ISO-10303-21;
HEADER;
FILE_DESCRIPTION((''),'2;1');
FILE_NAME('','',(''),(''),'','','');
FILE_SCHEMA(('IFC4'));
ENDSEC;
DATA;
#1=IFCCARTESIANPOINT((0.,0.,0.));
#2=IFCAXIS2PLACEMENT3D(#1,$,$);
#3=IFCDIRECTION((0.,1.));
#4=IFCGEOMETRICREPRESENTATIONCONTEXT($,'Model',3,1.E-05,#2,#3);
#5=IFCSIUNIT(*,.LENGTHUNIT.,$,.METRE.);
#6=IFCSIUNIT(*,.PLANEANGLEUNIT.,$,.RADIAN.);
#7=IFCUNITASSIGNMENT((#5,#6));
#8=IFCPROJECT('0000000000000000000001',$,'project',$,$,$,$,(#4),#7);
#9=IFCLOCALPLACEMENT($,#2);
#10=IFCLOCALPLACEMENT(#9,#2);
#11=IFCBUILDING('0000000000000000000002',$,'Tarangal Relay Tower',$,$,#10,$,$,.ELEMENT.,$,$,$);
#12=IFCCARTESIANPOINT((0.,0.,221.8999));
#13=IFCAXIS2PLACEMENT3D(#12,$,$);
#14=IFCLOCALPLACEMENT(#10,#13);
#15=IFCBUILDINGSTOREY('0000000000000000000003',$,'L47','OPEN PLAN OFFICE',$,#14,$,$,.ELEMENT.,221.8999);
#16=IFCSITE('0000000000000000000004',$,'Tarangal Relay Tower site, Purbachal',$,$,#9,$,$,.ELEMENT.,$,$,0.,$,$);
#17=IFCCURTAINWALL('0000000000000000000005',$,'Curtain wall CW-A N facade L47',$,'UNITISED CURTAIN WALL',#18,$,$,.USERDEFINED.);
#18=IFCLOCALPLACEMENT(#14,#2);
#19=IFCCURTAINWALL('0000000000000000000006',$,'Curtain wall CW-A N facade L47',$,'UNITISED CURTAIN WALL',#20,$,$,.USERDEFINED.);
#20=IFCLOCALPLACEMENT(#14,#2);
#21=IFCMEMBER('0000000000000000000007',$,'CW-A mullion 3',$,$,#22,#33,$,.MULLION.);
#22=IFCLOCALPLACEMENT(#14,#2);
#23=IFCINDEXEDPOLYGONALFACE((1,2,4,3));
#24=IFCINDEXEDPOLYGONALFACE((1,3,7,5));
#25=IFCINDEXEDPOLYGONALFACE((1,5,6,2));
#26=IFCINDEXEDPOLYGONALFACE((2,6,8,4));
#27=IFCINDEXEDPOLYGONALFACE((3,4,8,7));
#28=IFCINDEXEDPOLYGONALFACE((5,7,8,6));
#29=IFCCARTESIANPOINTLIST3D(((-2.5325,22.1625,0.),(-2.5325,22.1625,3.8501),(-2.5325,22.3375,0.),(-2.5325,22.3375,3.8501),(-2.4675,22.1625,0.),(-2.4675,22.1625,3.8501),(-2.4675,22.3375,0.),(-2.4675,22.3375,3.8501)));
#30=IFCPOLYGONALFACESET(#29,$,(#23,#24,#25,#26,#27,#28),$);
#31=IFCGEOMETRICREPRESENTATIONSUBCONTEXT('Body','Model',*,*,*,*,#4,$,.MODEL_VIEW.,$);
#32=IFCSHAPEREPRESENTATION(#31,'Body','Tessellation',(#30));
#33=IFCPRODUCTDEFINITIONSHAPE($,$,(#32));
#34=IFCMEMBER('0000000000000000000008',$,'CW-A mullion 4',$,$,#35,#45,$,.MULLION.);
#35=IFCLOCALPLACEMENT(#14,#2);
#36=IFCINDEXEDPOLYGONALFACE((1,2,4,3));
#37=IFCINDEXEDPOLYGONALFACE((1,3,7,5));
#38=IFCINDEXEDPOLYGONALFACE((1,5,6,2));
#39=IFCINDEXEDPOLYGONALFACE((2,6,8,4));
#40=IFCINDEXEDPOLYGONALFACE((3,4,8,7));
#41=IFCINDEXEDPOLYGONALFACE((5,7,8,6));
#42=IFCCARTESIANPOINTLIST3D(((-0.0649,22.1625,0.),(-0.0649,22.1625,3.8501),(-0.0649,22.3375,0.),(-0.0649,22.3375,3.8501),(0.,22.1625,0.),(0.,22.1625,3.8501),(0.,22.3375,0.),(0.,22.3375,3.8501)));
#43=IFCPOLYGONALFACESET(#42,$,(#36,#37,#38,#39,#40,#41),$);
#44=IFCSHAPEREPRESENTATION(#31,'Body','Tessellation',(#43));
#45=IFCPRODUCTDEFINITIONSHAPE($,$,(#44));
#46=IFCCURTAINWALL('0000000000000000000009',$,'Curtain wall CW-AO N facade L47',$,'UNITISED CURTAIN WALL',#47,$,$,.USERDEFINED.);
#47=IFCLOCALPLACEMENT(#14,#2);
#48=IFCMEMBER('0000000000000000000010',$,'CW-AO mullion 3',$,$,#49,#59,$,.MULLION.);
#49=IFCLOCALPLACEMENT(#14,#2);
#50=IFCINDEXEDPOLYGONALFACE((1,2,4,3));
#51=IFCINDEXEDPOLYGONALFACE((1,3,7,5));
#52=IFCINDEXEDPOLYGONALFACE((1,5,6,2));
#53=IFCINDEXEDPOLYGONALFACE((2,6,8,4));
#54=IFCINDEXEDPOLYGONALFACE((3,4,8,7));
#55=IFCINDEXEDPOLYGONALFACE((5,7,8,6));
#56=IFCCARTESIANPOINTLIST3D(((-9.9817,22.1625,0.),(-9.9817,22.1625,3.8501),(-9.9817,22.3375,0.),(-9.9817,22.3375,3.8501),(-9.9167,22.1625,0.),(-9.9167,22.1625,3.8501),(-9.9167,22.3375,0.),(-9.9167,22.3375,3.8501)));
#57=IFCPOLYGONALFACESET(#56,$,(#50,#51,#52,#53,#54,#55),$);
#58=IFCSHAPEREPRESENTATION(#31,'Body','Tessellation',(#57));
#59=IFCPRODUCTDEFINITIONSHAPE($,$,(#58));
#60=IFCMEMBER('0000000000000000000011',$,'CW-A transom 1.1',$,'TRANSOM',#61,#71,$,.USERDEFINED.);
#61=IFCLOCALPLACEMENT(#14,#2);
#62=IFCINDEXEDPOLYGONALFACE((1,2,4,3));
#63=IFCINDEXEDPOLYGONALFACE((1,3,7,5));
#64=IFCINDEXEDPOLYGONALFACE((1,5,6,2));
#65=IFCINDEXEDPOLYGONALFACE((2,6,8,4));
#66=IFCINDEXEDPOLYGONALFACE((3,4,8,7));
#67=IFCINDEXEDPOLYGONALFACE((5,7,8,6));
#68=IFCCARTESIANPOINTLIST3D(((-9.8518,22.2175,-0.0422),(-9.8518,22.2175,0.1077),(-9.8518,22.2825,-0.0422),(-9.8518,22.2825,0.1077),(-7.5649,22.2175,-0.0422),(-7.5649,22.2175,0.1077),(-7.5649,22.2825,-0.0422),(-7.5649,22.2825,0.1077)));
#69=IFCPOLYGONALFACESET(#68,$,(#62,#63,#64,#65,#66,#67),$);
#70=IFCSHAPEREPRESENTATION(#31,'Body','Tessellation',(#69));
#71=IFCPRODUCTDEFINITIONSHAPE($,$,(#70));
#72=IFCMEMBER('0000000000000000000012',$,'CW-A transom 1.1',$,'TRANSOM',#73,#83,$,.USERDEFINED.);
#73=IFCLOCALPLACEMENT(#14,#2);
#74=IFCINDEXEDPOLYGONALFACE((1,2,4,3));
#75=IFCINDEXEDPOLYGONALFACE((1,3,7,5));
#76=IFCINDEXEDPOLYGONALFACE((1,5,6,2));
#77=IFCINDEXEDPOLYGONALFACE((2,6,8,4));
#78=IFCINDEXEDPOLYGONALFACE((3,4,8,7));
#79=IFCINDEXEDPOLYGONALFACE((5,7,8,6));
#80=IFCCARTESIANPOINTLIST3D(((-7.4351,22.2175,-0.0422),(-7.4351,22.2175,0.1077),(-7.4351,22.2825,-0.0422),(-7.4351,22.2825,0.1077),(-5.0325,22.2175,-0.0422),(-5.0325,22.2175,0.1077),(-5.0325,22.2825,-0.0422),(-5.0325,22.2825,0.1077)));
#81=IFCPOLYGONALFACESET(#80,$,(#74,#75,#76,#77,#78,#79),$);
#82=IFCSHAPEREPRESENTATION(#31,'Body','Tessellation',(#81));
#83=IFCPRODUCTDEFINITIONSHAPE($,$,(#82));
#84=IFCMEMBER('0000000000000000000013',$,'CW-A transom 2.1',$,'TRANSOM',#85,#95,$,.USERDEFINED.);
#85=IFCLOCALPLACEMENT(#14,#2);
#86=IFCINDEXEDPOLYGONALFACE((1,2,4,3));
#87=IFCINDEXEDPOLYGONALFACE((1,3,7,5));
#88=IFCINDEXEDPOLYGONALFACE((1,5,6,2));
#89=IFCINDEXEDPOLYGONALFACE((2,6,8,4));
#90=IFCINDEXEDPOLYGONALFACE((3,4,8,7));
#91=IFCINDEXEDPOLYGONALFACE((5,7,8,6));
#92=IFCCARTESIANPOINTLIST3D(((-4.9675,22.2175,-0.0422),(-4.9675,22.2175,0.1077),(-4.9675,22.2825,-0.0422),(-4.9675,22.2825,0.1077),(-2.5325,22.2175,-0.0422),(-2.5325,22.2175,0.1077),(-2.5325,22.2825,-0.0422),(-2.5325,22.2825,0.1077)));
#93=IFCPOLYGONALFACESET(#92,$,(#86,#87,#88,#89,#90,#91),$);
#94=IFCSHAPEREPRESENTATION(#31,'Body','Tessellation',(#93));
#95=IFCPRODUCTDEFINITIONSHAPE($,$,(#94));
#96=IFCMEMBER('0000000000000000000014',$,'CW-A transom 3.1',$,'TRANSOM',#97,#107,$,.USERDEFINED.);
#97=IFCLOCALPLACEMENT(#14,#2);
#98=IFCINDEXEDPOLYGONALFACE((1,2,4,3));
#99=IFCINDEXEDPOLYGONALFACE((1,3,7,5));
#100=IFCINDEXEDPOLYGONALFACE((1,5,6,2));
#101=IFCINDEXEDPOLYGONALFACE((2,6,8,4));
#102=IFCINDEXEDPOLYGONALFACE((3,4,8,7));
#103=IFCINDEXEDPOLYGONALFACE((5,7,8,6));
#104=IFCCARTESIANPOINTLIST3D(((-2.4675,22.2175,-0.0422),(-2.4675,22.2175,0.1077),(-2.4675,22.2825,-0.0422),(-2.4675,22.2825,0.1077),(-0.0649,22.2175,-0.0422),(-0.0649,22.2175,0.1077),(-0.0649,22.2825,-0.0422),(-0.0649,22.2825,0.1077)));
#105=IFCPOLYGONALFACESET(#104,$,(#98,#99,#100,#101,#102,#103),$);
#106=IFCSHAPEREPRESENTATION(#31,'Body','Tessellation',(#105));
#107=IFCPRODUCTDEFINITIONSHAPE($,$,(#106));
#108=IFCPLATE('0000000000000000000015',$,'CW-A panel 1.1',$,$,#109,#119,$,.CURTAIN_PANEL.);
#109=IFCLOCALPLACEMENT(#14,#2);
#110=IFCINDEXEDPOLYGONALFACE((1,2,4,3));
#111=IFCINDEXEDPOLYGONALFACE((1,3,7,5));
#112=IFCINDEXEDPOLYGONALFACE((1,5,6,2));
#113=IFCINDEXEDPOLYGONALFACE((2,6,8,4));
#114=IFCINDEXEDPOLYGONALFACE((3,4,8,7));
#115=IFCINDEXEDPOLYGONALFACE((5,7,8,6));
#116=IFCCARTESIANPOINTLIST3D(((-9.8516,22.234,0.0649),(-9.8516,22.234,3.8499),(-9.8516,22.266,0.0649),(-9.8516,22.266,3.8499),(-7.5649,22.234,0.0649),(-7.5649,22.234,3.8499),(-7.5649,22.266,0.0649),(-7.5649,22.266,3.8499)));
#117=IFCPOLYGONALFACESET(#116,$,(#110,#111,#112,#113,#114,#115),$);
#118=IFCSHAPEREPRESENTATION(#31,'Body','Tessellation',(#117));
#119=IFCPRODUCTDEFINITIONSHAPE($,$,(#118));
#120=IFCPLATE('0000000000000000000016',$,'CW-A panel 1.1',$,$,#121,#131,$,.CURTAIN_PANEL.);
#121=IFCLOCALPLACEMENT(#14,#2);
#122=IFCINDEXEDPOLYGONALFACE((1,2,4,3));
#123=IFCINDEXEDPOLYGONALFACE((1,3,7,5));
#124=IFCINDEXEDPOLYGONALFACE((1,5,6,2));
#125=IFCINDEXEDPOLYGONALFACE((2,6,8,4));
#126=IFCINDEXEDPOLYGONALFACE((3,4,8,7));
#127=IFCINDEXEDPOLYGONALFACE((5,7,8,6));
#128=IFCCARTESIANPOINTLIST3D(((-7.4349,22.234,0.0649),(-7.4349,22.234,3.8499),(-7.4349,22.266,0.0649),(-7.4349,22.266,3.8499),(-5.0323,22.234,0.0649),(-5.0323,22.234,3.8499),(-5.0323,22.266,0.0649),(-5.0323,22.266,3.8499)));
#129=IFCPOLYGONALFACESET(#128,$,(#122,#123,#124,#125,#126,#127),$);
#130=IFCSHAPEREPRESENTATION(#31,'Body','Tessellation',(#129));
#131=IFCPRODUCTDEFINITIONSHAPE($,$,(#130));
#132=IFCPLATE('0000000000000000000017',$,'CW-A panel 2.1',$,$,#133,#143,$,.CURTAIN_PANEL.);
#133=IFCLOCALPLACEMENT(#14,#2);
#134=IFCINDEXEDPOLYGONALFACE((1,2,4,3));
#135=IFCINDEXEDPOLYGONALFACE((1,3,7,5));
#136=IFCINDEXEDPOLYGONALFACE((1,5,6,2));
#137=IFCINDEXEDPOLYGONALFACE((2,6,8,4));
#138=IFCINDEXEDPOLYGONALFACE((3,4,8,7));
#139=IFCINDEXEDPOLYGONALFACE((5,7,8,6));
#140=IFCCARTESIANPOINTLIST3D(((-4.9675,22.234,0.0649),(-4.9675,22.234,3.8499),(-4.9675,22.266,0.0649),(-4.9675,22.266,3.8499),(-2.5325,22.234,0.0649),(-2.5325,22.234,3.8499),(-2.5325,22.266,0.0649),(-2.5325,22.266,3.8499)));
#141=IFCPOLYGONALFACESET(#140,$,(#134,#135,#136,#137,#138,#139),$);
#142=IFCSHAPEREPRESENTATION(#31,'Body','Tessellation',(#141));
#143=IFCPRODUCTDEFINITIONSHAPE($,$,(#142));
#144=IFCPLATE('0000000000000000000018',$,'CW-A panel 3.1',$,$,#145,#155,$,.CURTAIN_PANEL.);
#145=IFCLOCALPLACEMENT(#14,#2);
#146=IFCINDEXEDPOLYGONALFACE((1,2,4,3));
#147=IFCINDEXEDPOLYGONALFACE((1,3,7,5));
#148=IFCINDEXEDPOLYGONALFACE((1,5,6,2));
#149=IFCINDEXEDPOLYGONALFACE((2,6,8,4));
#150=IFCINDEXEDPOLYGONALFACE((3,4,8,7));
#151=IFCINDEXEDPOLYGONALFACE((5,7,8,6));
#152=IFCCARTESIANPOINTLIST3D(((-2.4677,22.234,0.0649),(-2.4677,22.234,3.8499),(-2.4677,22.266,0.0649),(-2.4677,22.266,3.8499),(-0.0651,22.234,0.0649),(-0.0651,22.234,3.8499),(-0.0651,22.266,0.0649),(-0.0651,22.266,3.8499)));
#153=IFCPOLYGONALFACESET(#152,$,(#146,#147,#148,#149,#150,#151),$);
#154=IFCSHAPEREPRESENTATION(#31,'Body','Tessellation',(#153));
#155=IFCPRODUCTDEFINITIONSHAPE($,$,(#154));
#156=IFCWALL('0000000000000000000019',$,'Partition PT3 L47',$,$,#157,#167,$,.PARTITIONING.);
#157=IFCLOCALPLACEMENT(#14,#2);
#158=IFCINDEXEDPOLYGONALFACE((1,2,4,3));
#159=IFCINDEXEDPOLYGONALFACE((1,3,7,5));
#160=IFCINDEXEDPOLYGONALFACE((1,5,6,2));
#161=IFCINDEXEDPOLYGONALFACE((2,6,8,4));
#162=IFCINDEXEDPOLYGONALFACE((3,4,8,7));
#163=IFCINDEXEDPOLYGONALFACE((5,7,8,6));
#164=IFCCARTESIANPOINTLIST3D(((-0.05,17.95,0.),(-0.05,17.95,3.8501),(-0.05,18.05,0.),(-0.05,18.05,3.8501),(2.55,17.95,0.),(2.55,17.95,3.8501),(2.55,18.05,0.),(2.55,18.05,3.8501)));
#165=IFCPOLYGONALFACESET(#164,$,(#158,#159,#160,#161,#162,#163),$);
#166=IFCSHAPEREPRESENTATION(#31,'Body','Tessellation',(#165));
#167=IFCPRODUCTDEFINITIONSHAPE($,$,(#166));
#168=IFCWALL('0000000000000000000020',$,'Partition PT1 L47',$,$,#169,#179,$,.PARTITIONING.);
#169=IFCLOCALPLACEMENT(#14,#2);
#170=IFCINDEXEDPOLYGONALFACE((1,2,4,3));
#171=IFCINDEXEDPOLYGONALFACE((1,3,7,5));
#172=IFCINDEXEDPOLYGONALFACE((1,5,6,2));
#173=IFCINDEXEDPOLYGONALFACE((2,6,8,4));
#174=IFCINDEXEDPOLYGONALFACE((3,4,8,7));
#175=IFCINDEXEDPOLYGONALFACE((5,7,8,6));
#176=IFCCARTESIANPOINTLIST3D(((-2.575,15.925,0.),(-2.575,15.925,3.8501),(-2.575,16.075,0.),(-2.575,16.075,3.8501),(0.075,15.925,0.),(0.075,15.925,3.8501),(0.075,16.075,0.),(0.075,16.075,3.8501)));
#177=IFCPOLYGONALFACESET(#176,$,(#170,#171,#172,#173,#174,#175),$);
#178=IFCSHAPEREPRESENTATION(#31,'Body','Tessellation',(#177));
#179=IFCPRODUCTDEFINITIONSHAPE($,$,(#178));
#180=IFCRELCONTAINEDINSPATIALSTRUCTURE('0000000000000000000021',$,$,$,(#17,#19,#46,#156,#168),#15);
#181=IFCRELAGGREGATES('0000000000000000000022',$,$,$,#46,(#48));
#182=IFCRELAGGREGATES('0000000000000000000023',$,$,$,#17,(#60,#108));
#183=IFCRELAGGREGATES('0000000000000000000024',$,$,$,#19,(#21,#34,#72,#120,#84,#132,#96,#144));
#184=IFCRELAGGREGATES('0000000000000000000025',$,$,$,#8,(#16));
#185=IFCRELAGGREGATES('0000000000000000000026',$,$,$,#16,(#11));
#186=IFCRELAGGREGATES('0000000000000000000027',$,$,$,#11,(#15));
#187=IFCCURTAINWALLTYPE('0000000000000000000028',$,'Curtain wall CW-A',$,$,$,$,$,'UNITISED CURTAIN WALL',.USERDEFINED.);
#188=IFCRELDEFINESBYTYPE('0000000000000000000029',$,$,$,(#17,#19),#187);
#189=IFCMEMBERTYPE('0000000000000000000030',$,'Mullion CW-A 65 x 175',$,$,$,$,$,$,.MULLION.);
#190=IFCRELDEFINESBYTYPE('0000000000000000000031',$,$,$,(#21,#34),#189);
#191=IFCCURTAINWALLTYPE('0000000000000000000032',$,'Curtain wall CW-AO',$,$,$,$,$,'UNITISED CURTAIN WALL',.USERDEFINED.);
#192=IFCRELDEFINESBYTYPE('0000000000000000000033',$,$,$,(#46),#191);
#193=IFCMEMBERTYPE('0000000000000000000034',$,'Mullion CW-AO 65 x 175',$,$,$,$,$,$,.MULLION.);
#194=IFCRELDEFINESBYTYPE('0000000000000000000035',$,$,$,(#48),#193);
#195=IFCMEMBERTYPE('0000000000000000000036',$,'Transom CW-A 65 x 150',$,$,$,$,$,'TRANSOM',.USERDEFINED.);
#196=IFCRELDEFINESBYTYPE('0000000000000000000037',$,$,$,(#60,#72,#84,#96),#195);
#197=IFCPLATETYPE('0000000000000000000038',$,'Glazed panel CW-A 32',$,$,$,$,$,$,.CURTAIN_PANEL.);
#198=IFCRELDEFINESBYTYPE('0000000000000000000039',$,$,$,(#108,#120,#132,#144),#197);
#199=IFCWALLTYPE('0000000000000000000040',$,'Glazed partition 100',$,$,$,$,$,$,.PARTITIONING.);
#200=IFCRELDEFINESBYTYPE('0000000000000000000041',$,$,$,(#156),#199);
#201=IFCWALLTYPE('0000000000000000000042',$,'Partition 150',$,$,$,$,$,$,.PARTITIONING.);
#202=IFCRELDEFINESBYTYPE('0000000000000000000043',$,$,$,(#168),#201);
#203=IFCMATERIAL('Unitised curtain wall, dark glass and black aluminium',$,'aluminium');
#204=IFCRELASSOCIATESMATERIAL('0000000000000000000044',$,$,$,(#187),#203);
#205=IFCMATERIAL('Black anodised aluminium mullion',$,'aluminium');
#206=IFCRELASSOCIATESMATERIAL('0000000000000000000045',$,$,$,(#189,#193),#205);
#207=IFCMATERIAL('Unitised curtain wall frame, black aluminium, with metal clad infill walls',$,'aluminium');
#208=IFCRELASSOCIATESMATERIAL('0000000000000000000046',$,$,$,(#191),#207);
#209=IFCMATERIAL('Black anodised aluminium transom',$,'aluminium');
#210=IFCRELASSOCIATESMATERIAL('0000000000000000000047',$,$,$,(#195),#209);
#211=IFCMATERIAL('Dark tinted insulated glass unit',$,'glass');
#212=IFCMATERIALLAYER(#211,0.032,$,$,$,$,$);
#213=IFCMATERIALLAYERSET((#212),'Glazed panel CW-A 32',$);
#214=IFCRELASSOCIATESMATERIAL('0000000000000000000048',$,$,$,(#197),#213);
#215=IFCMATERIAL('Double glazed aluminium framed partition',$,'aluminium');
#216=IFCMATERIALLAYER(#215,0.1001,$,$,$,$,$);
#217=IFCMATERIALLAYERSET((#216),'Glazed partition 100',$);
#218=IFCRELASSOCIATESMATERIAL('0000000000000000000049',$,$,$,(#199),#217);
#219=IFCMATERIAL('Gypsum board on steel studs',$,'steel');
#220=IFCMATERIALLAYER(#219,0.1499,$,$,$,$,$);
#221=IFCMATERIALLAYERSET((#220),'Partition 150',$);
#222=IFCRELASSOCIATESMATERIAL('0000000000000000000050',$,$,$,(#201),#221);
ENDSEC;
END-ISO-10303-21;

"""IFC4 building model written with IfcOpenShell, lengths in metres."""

from ifc_helpers import new_model, si_unit, direction, frame, frame_2d, origin, origin_2d, place, context, subcontext, project, spatial, rectangle, extrude, material, layer, layer_set, material_profile, profile_set, type_object, element, aggregate, save


model = new_model("IFC4")

# Units and contexts
model_context = context("Model", 3, precision=1e-05, world=origin(), true_north=direction((0.0, 1.0)))
body_context = subcontext(model_context, "Body", "Model", "MODEL_VIEW")
ifc_project = project(units=[si_unit("LENGTHUNIT", "METRE"), si_unit("PLANEANGLEUNIT", "RADIAN")], contexts=[model_context])

# Site, building, storey
site_placement = place(None, origin())
site = spatial("IfcSite", under=ifc_project, at=site_placement, Name="Tarangal Relay Tower site, Purbachal", CompositionType="ELEMENT", RefElevation=0.0)
building_placement = place(site_placement, origin())
building = spatial("IfcBuilding", under=site, at=building_placement, Name="Tarangal Relay Tower", CompositionType="ELEMENT")
storey_placement = place(building_placement, frame((0.0, 0.0, 221.8999)))
storey = spatial("IfcBuildingStorey", under=building, at=storey_placement, Name="L47", Description="OPEN PLAN OFFICE", CompositionType="ELEMENT", Elevation=221.8999)

# Curtain walls, members
ifc_material_1 = material(Name="Unitised curtain wall, dark glass and black aluminium", Category="aluminium")
curtain_wall_type_1 = type_object("IfcCurtainWallType", Name="Curtain wall CW-A", ElementType="UNITISED CURTAIN WALL", PredefinedType="USERDEFINED", material=ifc_material_1)
curtain_wall_1_placement = place(storey_placement, origin())
curtain_wall_1 = element("IfcCurtainWall", 1, at=curtain_wall_1_placement, inside=storey, type_object=curtain_wall_type_1, Name="Curtain wall CW-A N facade L47", ObjectType="UNITISED CURTAIN WALL", PredefinedType="USERDEFINED")
ifc_material_2 = material(Name="Black anodised aluminium mullion", Category="aluminium")
ifc_material_profile_1 = material_profile(ifc_material_2, rectangle(XDim=0.175, YDim=0.0649, at=origin_2d()), Name="CW-AM 65X175")
ifc_profile_set_1 = profile_set([ifc_material_profile_1], Name="Black anodised aluminium mullion")
member_type_1 = type_object("IfcMemberType", Name="Mullion CW-A 65 x 175", PredefinedType="MULLION", material=ifc_profile_set_1)
curtain_wall_2_placement = place(storey_placement, origin())
curtain_wall_2 = element("IfcCurtainWall", 2, at=curtain_wall_2_placement, inside=storey, type_object=curtain_wall_type_1, Name="Curtain wall CW-A N facade L47", ObjectType="UNITISED CURTAIN WALL", PredefinedType="USERDEFINED")
member_1_placement = place(storey_placement, frame((-2.5, 22.25, 0.0), z_axis=(0.0, 0.0, 1.0), x_axis=(0.0, 1.0, 0.0)))
member_1 = element("IfcMember", 3, at=member_1_placement, type_object=member_type_1, Name="CW-A mullion 3", PredefinedType="MULLION", context=body_context, shape_type="SweptSolid", body=[
    extrude(rectangle(XDim=0.175, YDim=0.0649, at=origin_2d()), origin(), (0.0, 0.0, 1.0), 3.8501),
])
member_2_placement = place(storey_placement, frame((-0.0325, 22.25, 0.0), z_axis=(0.0, 0.0, 1.0), x_axis=(0.0, 1.0, 0.0)))
member_2 = element("IfcMember", 4, at=member_2_placement, type_object=member_type_1, Name="CW-A mullion 4", PredefinedType="MULLION", context=body_context, shape_type="SweptSolid", body=[
    extrude(rectangle(XDim=0.175, YDim=0.0649, at=origin_2d()), origin(), (0.0, 0.0, 1.0), 3.8501),
])

# Curtain wall, member
ifc_material_3 = material(Name="Unitised curtain wall frame, black aluminium, with metal clad infill walls", Category="aluminium")
curtain_wall_type_2 = type_object("IfcCurtainWallType", Name="Curtain wall CW-AO", ElementType="UNITISED CURTAIN WALL", PredefinedType="USERDEFINED", material=ifc_material_3)
curtain_wall_3_placement = place(storey_placement, origin())
curtain_wall_3 = element("IfcCurtainWall", 5, at=curtain_wall_3_placement, inside=storey, type_object=curtain_wall_type_2, Name="Curtain wall CW-AO N facade L47", ObjectType="UNITISED CURTAIN WALL", PredefinedType="USERDEFINED")
ifc_material_profile_2 = material_profile(ifc_material_2, rectangle(XDim=0.175, YDim=0.0649, at=origin_2d()), Name="CW-AOM 65X175")
ifc_profile_set_2 = profile_set([ifc_material_profile_2], Name="Black anodised aluminium mullion")
member_type_2 = type_object("IfcMemberType", Name="Mullion CW-AO 65 x 175", PredefinedType="MULLION", material=ifc_profile_set_2)
member_3_placement = place(storey_placement, frame((-9.9492, 22.25, 0.0), z_axis=(0.0, 0.0, 1.0), x_axis=(0.0, 1.0, 0.0)))
member_3 = element("IfcMember", 6, at=member_3_placement, type_object=member_type_2, Name="CW-AO mullion 3", PredefinedType="MULLION", context=body_context, shape_type="SweptSolid", body=[
    extrude(rectangle(XDim=0.175, YDim=0.0649, at=origin_2d()), origin(), (0.0, 0.0, 1.0), 3.8501),
])
aggregate(curtain_wall_3, [member_3])

# Members
ifc_material_4 = material(Name="Black anodised aluminium transom", Category="aluminium")
ifc_material_profile_3 = material_profile(ifc_material_4, rectangle(XDim=0.0649, YDim=0.1499, at=origin_2d()), Name="CW-AT 65X150")
ifc_profile_set_3 = profile_set([ifc_material_profile_3], Name="Black anodised aluminium transom")
member_type_3 = type_object("IfcMemberType", Name="Transom CW-A 65 x 150", ElementType="TRANSOM", PredefinedType="USERDEFINED", material=ifc_profile_set_3)
member_4_placement = place(storey_placement, frame((-9.8518, 22.25, 0.0327), z_axis=(1.0, 0.0, 0.0), x_axis=(0.0, 1.0, 0.0)))
member_4 = element("IfcMember", 7, at=member_4_placement, type_object=member_type_3, Name="CW-A transom 1.1", ObjectType="TRANSOM", PredefinedType="USERDEFINED", context=body_context, shape_type="SweptSolid", body=[
    extrude(rectangle(XDim=0.0649, YDim=0.1499, at=origin_2d()), origin(), (0.0, 0.0, 1.0), 2.2869),
])
member_5_placement = place(storey_placement, frame((-7.4351, 22.25, 0.0327), z_axis=(1.0, 0.0, 0.0), x_axis=(0.0, 1.0, 0.0)))
member_5 = element("IfcMember", 8, at=member_5_placement, type_object=member_type_3, Name="CW-A transom 1.1", ObjectType="TRANSOM", PredefinedType="USERDEFINED", context=body_context, shape_type="SweptSolid", body=[
    extrude(rectangle(XDim=0.0649, YDim=0.1499, at=origin_2d()), origin(), (0.0, 0.0, 1.0), 2.4026),
])
member_6_placement = place(storey_placement, frame((-4.9675, 22.25, 0.0327), z_axis=(1.0, 0.0, 0.0), x_axis=(0.0, 1.0, 0.0)))
member_6 = element("IfcMember", 9, at=member_6_placement, type_object=member_type_3, Name="CW-A transom 2.1", ObjectType="TRANSOM", PredefinedType="USERDEFINED", context=body_context, shape_type="SweptSolid", body=[
    extrude(rectangle(XDim=0.0649, YDim=0.1499, at=origin_2d()), origin(), (0.0, 0.0, 1.0), 2.4351),
])
member_7_placement = place(storey_placement, frame((-2.4675, 22.25, 0.0327), z_axis=(1.0, 0.0, 0.0), x_axis=(0.0, 1.0, 0.0)))
member_7 = element("IfcMember", 10, at=member_7_placement, type_object=member_type_3, Name="CW-A transom 3.1", ObjectType="TRANSOM", PredefinedType="USERDEFINED", context=body_context, shape_type="SweptSolid", body=[
    extrude(rectangle(XDim=0.0649, YDim=0.1499, at=origin_2d()), origin(), (0.0, 0.0, 1.0), 2.4026),
])

# Plates
ifc_material_5 = material(Name="Dark tinted insulated glass unit", Category="glass")
ifc_layer_1 = layer(ifc_material_5, 0.032)
ifc_layer_set_1 = layer_set([ifc_layer_1], Name="Glazed panel CW-A 32")
plate_type = type_object("IfcPlateType", Name="Glazed panel CW-A 32", PredefinedType="CURTAIN_PANEL", material=ifc_layer_set_1)
plate_1_placement = place(storey_placement, frame((-8.7083, 22.25, 0.0649), z_axis=(0.0, 0.0, 1.0), x_axis=(1.0, 0.0, 0.0)))
plate_1 = element("IfcPlate", 11, at=plate_1_placement, type_object=plate_type, Name="CW-A panel 1.1", PredefinedType="CURTAIN_PANEL", context=body_context, shape_type="SweptSolid", body=[
    extrude(rectangle(XDim=2.2866, YDim=0.032, at=origin_2d()), origin(), (0.0, 0.0, 1.0), 3.7849),
])
aggregate(curtain_wall_1, [member_4, plate_1])
plate_2_placement = place(storey_placement, frame((-6.2336, 22.25, 0.0649), z_axis=(0.0, 0.0, 1.0), x_axis=(1.0, 0.0, 0.0)))
plate_2 = element("IfcPlate", 12, at=plate_2_placement, type_object=plate_type, Name="CW-A panel 1.1", PredefinedType="CURTAIN_PANEL", context=body_context, shape_type="SweptSolid", body=[
    extrude(rectangle(XDim=2.4026, YDim=0.032, at=origin_2d()), origin(), (0.0, 0.0, 1.0), 3.7849),
])
plate_3_placement = place(storey_placement, frame((-3.75, 22.25, 0.0649), z_axis=(0.0, 0.0, 1.0), x_axis=(1.0, 0.0, 0.0)))
plate_3 = element("IfcPlate", 13, at=plate_3_placement, type_object=plate_type, Name="CW-A panel 2.1", PredefinedType="CURTAIN_PANEL", context=body_context, shape_type="SweptSolid", body=[
    extrude(rectangle(XDim=2.4351, YDim=0.032, at=origin_2d()), origin(), (0.0, 0.0, 1.0), 3.7849),
])
plate_4_placement = place(storey_placement, frame((-1.2664, 22.25, 0.0649), z_axis=(0.0, 0.0, 1.0), x_axis=(1.0, 0.0, 0.0)))
plate_4 = element("IfcPlate", 14, at=plate_4_placement, type_object=plate_type, Name="CW-A panel 3.1", PredefinedType="CURTAIN_PANEL", context=body_context, shape_type="SweptSolid", body=[
    extrude(rectangle(XDim=2.4026, YDim=0.032, at=origin_2d()), origin(), (0.0, 0.0, 1.0), 3.7849),
])
aggregate(curtain_wall_2, [member_1, member_2, member_5, plate_2, member_6, plate_3, member_7, plate_4])

# Walls
ifc_material_6 = material(Name="Double glazed aluminium framed partition", Category="aluminium")
ifc_layer_2 = layer(ifc_material_6, 0.1001)
ifc_layer_set_2 = layer_set([ifc_layer_2], Name="Glazed partition 100")
wall_type_1 = type_object("IfcWallType", Name="Glazed partition 100", PredefinedType="PARTITIONING", material=ifc_layer_set_2)
wall_1_placement = place(storey_placement, frame((-0.05, 18.0, 0.0), z_axis=(0.0, 0.0, 1.0), x_axis=(1.0, 0.0, 0.0)))
element("IfcWall", 15, at=wall_1_placement, inside=storey, type_object=wall_type_1, Name="Partition PT3 L47", PredefinedType="PARTITIONING", context=body_context, shape_type="SweptSolid", body=[
    extrude(rectangle(XDim=2.6001, YDim=0.1001, at=frame_2d((1.3, 0.0))), origin(), (0.0, 0.0, 1.0), 3.8501),
])
ifc_material_7 = material(Name="Gypsum board on steel studs", Category="steel")
ifc_layer_3 = layer(ifc_material_7, 0.1499)
ifc_layer_set_3 = layer_set([ifc_layer_3], Name="Partition 150")
wall_type_2 = type_object("IfcWallType", Name="Partition 150", PredefinedType="PARTITIONING", material=ifc_layer_set_3)
wall_2_placement = place(storey_placement, frame((-2.575, 16.0, 0.0), z_axis=(0.0, 0.0, 1.0), x_axis=(1.0, 0.0, 0.0)))
element("IfcWall", 16, at=wall_2_placement, inside=storey, type_object=wall_type_2, Name="Partition PT1 L47", PredefinedType="PARTITIONING", context=body_context, shape_type="SweptSolid", body=[
    extrude(rectangle(XDim=2.6499, YDim=0.1499, at=frame_2d((1.325, 0.0))), origin(), (0.0, 0.0, 1.0), 3.8501),
])

save(model, "model.ifc")
